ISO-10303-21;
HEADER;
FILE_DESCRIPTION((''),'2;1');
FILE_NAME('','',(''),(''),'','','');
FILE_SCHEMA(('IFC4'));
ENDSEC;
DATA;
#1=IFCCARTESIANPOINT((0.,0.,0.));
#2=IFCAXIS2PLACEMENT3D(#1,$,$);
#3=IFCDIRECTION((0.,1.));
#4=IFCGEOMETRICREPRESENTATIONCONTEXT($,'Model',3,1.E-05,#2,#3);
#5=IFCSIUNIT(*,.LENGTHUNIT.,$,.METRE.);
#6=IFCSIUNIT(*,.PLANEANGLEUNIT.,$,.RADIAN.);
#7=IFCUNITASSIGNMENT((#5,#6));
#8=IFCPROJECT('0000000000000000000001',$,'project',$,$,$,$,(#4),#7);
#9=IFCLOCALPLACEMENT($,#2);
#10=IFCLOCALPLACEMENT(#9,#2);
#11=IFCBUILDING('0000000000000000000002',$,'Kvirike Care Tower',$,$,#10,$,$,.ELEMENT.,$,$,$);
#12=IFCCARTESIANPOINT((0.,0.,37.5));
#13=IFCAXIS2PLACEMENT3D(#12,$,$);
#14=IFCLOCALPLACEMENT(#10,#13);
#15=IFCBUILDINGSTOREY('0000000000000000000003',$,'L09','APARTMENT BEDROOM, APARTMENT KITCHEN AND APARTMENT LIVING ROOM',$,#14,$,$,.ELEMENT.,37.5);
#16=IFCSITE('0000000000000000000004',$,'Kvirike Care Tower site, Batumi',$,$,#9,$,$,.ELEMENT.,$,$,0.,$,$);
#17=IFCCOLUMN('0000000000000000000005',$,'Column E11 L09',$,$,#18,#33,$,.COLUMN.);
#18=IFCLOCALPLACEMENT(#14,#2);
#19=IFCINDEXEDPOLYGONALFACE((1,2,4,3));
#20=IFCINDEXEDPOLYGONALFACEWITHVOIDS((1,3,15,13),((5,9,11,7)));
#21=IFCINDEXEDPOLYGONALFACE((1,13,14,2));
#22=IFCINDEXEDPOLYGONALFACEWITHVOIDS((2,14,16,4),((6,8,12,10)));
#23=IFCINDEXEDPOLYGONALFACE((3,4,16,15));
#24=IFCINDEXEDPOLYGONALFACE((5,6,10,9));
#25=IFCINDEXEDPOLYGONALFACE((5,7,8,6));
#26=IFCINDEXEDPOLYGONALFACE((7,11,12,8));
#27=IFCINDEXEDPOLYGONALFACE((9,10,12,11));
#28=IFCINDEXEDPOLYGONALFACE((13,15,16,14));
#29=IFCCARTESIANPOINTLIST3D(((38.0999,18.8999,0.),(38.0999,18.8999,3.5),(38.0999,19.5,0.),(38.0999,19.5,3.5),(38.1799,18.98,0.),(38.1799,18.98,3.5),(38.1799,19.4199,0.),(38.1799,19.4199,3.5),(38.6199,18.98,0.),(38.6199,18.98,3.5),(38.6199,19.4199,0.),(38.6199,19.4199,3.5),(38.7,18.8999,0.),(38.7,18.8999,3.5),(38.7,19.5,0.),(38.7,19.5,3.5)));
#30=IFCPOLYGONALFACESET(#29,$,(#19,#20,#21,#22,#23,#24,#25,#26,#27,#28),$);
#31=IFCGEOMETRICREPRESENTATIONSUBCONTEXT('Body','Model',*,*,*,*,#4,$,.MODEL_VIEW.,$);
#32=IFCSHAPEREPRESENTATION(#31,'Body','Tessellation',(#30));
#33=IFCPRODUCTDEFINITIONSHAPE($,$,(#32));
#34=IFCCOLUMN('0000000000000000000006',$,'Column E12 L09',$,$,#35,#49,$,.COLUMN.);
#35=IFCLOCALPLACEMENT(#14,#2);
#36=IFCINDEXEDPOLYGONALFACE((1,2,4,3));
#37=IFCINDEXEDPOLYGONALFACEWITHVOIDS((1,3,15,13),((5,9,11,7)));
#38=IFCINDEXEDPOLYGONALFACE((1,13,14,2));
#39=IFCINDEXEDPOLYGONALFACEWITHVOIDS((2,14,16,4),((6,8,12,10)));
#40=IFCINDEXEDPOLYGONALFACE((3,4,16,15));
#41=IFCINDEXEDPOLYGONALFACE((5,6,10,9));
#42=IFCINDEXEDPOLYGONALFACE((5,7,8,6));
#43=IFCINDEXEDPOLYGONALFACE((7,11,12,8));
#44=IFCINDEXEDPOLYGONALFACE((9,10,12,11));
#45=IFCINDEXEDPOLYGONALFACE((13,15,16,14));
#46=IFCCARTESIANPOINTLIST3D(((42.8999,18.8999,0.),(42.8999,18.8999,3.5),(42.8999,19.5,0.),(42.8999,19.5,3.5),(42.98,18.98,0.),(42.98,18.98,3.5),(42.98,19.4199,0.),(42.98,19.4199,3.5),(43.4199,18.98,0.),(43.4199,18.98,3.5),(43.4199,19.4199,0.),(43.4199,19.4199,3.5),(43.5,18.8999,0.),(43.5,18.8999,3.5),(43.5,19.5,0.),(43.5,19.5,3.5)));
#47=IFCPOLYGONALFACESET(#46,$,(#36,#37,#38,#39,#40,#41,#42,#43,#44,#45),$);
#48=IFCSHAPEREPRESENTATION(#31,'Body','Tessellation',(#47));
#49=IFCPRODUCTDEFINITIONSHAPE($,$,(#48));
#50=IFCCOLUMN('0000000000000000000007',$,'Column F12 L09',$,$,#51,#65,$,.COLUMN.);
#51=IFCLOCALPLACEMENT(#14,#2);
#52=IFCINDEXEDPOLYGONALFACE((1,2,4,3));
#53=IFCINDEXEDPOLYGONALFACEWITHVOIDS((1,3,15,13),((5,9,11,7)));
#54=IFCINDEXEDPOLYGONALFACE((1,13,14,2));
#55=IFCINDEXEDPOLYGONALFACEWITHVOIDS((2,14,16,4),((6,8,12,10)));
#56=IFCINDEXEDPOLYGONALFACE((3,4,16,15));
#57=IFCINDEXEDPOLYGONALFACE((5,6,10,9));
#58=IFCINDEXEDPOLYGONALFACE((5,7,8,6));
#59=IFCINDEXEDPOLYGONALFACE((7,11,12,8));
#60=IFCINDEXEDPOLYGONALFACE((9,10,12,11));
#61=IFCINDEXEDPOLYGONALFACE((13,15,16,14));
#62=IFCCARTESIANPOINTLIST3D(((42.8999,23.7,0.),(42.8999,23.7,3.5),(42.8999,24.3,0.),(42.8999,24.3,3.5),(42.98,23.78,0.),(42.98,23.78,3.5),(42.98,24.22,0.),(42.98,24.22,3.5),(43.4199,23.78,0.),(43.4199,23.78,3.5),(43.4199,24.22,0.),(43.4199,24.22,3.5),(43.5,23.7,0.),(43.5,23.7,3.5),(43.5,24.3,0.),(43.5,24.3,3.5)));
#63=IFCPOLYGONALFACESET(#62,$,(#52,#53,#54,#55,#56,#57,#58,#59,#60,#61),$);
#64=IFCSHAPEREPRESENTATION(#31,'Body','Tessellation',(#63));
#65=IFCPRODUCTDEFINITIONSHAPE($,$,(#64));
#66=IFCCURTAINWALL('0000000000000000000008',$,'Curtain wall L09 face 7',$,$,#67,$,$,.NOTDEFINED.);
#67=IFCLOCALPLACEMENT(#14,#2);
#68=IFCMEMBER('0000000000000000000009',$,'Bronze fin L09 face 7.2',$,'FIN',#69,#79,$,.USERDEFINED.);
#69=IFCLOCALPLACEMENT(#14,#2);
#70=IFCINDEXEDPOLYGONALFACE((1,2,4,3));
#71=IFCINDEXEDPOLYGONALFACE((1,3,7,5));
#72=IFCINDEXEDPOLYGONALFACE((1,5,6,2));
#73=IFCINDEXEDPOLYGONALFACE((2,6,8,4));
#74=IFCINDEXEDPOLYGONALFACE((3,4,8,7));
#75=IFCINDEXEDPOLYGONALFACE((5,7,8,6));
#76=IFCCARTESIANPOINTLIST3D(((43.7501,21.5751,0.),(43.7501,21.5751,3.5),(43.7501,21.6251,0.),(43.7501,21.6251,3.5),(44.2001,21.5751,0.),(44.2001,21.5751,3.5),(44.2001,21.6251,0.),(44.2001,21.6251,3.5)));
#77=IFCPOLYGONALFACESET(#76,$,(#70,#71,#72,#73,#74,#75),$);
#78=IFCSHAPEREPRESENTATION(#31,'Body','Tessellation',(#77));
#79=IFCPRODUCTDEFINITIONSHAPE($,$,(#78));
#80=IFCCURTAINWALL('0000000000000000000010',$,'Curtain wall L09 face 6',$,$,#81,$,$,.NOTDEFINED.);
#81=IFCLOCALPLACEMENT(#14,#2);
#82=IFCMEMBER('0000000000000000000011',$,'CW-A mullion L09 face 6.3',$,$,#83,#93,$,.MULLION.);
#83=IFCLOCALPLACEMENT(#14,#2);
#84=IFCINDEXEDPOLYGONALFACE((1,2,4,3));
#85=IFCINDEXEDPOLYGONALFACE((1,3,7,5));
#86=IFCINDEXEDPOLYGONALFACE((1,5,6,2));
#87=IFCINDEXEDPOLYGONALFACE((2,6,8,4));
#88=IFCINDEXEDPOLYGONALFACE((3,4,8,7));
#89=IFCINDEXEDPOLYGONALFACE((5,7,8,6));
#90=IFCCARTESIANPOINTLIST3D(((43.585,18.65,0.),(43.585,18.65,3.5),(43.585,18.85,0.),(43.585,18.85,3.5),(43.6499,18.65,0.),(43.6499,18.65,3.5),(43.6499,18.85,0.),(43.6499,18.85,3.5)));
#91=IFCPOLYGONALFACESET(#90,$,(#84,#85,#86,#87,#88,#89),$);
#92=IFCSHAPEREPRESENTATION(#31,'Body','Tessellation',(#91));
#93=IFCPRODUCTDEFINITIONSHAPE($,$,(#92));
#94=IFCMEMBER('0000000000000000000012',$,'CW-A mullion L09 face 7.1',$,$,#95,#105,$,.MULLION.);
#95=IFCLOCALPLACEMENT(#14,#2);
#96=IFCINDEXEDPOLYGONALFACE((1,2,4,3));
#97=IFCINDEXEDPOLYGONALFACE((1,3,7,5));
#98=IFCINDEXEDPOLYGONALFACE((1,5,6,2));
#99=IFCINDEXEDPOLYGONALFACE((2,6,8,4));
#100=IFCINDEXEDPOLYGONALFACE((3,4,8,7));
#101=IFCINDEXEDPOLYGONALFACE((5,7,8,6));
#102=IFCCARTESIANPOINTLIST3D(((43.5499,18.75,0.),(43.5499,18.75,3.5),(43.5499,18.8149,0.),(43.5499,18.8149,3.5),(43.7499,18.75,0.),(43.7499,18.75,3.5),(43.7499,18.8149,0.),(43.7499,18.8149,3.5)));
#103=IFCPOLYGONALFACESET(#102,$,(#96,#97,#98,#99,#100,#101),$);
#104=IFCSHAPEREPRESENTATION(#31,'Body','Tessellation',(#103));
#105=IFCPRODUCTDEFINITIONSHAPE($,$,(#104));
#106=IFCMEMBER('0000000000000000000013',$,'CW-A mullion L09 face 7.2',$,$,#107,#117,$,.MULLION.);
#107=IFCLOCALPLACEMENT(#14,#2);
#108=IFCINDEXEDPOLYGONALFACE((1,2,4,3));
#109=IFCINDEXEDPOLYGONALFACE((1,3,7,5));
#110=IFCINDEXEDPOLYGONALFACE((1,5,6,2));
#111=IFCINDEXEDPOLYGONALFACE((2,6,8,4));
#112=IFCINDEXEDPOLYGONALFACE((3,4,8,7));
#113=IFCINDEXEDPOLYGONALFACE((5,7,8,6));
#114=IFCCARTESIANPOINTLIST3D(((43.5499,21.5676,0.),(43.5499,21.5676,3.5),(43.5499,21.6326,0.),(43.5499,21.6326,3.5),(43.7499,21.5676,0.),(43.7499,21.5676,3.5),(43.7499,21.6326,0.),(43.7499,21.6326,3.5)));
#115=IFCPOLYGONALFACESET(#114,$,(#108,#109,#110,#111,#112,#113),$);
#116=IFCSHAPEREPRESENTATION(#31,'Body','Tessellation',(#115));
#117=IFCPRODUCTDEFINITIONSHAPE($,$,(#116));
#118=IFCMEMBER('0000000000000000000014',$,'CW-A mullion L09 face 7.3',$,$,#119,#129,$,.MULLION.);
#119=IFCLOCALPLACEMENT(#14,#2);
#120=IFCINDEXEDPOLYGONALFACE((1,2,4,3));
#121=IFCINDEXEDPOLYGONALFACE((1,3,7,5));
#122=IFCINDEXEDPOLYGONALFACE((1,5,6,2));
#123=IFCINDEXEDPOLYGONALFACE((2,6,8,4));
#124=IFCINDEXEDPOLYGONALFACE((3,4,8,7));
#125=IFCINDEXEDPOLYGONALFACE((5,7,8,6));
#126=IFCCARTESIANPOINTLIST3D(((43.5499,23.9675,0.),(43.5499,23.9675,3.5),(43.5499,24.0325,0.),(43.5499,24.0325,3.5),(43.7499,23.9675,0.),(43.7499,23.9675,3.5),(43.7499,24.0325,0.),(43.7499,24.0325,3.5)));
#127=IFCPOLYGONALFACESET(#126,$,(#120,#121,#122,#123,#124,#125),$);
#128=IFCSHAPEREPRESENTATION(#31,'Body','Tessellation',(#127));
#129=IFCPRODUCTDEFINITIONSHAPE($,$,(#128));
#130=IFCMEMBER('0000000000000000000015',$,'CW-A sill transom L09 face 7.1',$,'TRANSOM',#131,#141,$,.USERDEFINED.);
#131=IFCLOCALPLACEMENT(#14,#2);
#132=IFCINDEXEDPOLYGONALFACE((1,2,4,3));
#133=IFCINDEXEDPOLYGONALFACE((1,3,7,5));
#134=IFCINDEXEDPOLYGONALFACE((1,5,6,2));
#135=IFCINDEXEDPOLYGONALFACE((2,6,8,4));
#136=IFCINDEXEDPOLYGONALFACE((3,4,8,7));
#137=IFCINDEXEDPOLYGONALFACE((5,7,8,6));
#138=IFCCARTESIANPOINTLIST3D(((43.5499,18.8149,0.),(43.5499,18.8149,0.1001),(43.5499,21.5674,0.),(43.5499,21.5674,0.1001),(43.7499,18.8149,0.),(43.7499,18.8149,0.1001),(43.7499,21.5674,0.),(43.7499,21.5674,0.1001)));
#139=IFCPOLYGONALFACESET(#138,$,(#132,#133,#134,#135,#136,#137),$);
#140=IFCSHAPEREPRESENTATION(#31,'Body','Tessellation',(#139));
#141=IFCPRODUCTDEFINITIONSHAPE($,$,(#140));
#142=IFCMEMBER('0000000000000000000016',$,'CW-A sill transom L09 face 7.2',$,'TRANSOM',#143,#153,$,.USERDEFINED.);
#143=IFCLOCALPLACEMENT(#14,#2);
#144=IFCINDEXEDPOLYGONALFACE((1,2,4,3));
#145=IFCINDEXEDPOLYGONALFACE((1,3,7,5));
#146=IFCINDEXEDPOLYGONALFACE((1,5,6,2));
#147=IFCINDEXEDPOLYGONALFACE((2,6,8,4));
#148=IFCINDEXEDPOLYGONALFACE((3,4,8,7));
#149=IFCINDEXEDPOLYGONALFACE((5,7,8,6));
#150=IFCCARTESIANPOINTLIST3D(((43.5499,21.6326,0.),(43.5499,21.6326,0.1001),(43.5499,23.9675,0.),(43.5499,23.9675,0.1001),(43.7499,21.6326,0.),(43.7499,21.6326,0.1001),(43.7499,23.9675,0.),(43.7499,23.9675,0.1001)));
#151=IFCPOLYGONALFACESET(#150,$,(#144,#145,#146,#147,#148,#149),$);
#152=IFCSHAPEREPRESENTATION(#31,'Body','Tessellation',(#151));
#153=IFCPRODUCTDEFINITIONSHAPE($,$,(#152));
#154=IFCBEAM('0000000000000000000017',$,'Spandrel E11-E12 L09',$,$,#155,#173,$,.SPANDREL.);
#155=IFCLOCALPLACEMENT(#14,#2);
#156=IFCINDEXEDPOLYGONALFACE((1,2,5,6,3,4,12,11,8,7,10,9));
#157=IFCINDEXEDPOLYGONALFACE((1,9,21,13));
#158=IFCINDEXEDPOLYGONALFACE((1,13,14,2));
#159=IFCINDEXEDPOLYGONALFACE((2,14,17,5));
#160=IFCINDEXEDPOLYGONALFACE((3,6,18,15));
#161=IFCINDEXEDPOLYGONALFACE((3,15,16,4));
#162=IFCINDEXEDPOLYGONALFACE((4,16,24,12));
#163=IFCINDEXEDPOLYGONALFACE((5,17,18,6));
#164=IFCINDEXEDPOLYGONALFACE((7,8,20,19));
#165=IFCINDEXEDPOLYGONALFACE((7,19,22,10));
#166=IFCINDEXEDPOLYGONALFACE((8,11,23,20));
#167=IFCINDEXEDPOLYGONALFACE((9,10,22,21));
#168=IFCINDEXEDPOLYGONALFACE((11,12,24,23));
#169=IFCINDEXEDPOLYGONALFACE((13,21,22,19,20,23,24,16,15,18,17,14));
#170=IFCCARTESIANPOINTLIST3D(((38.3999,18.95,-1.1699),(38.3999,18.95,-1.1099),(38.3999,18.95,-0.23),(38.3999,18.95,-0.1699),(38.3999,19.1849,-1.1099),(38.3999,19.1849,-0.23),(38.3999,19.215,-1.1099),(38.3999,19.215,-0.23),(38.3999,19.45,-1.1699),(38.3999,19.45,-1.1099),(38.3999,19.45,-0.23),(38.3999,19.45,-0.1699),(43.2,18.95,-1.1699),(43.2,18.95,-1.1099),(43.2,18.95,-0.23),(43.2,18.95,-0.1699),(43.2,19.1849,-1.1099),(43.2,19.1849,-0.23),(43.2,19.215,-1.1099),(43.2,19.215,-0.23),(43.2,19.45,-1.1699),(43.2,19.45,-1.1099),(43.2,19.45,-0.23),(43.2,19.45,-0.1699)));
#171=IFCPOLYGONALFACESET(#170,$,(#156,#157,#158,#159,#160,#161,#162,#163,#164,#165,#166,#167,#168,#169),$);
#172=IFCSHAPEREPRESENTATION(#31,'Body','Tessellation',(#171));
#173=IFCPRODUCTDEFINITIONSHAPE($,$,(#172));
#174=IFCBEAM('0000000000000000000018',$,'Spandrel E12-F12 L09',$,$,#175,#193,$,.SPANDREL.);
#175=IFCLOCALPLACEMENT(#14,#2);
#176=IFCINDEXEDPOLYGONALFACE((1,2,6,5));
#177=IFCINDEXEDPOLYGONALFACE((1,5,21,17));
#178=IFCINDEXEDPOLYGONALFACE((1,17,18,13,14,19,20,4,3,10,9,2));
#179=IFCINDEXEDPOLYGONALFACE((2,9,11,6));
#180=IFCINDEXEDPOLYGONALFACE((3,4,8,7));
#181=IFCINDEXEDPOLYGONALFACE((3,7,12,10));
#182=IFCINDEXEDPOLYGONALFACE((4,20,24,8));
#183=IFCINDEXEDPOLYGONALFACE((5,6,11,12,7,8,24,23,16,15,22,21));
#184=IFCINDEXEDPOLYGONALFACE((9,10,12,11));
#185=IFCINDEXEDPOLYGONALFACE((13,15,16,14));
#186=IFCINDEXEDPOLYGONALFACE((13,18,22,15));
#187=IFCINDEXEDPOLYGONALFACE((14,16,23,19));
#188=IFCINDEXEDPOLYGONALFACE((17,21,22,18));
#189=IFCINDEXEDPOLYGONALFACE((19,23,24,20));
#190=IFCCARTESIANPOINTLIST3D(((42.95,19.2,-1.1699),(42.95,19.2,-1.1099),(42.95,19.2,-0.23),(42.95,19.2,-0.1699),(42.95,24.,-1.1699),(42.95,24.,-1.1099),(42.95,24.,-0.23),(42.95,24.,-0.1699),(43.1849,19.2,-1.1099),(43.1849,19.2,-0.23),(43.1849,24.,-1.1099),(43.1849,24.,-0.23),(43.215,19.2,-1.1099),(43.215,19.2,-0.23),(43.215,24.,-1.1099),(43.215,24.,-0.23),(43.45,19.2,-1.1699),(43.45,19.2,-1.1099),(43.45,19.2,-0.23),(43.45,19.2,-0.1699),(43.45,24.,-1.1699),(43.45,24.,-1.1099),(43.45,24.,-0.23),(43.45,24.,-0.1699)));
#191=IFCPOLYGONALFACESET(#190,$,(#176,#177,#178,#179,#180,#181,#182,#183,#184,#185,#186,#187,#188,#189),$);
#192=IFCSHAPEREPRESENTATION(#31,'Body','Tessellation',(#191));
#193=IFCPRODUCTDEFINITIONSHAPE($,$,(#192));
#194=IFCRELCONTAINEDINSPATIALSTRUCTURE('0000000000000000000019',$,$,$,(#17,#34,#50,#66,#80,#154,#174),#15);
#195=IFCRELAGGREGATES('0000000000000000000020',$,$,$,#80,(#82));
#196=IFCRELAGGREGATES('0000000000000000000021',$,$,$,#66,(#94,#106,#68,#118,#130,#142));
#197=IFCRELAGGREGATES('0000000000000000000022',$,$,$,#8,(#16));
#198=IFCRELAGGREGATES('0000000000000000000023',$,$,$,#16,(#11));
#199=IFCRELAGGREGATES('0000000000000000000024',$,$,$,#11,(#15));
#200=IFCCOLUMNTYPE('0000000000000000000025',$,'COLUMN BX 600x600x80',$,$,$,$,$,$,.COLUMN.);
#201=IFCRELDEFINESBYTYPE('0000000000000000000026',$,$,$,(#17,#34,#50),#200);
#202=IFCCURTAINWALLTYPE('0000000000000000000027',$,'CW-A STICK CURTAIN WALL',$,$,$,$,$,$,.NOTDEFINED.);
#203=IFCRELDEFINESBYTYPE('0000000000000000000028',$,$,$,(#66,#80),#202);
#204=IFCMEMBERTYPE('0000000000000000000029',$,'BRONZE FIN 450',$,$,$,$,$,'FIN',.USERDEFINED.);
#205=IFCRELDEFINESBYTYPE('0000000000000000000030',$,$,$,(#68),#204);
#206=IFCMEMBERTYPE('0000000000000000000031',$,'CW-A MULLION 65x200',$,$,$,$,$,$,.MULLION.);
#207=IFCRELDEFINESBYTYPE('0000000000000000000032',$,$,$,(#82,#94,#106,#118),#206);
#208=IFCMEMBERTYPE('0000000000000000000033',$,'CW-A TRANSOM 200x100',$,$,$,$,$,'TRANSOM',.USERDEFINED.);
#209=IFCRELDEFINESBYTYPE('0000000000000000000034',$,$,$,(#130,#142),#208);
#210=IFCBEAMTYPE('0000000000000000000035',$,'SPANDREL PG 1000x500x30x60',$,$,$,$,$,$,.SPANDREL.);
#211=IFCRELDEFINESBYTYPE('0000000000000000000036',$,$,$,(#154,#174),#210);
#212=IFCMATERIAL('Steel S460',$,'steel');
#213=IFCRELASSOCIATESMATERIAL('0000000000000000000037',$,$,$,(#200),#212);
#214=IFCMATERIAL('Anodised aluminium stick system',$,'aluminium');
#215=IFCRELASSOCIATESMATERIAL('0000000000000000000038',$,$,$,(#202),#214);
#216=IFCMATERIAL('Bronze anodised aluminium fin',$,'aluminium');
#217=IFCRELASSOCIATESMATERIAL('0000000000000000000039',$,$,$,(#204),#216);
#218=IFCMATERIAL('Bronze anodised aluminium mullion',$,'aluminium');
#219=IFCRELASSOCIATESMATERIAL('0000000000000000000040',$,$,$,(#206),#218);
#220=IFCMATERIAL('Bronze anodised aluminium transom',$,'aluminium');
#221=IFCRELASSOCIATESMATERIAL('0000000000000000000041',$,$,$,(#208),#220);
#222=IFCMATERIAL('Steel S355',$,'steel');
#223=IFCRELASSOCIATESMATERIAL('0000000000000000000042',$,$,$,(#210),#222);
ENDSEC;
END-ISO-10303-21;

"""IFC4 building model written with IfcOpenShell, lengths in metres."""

from ifc_helpers import new_model, si_unit, direction, frame, origin, origin_2d, place, context, subcontext, project, spatial, rectangle, hollow_rectangle, i_section, extrude, material, material_profile, profile_set, type_object, element, aggregate, save


model = new_model("IFC4")

# Units and contexts
model_context = context("Model", 3, precision=1e-05, world=origin(), true_north=direction((0.0, 1.0)))
body_context = subcontext(model_context, "Body", "Model", "MODEL_VIEW")
ifc_project = project(units=[si_unit("LENGTHUNIT", "METRE"), si_unit("PLANEANGLEUNIT", "RADIAN")], contexts=[model_context])

# Site, building, storey
site_placement = place(None, origin())
site = spatial("IfcSite", under=ifc_project, at=site_placement, Name="Kvirike Care Tower site, Batumi", CompositionType="ELEMENT", RefElevation=0.0)
building_placement = place(site_placement, origin())
building = spatial("IfcBuilding", under=site, at=building_placement, Name="Kvirike Care Tower", CompositionType="ELEMENT")
storey_placement = place(building_placement, frame((0.0, 0.0, 37.5)))
storey = spatial("IfcBuildingStorey", under=building, at=storey_placement, Name="L09", Description="APARTMENT BEDROOM, APARTMENT KITCHEN AND APARTMENT LIVING ROOM", CompositionType="ELEMENT", Elevation=37.5)

# Columns
ifc_material_1 = material(Name="Steel S460", Category="steel")
ifc_material_profile_1 = material_profile(ifc_material_1, hollow_rectangle(XDim=0.6001, YDim=0.6001, WallThickness=0.0801, at=origin_2d()), Name="BX 600x600x80")
ifc_profile_set_1 = profile_set([ifc_material_profile_1], Name="Steel S460")
column_type = type_object("IfcColumnType", Name="COLUMN BX 600x600x80", PredefinedType="COLUMN", material=ifc_profile_set_1)
for number, where, z_axis, x_axis, name in (
    (1, (38.3999, 19.2, 0.0), (0.0, 0.0, 1.0), (0.0, 1.0, 0.0), "Column E11 L09"),
    (2, (43.2, 19.2, 0.0), (0.0, 0.0, 1.0), (0.0, 1.0, 0.0), "Column E12 L09"),
    (3, (43.2, 24.0, 0.0), (0.0, 0.0, 1.0), (1.0, 0.0, 0.0), "Column F12 L09"),
):
    element("IfcColumn", number, at=place(storey_placement, frame(where, z_axis=z_axis, x_axis=x_axis)), inside=storey, type_object=column_type, Name=name, PredefinedType="COLUMN", context=body_context, shape_type="SweptSolid", body=[
        extrude(hollow_rectangle(XDim=0.6001, YDim=0.6001, WallThickness=0.0801, at=origin_2d()), origin(), (0.0, 0.0, 1.0), 3.5),
    ])

# Curtain walls, members
ifc_material_2 = material(Name="Anodised aluminium stick system", Category="aluminium")
curtain_wall_type = type_object("IfcCurtainWallType", Name="CW-A STICK CURTAIN WALL", PredefinedType="NOTDEFINED", material=ifc_material_2)
curtain_wall_1_placement = place(storey_placement, origin())
curtain_wall_1 = element("IfcCurtainWall", 4, at=curtain_wall_1_placement, inside=storey, type_object=curtain_wall_type, Name="Curtain wall L09 face 7", PredefinedType="NOTDEFINED")
ifc_material_3 = material(Name="Bronze anodised aluminium fin", Category="aluminium")
ifc_material_profile_2 = material_profile(ifc_material_3, rectangle(XDim=0.05, YDim=0.45, at=origin_2d()), Name="BRONZE FIN 450")
ifc_profile_set_2 = profile_set([ifc_material_profile_2], Name="Bronze anodised aluminium fin")
member_type_1 = type_object("IfcMemberType", Name="BRONZE FIN 450", ElementType="FIN", PredefinedType="USERDEFINED", material=ifc_profile_set_2)
member_1_placement = place(storey_placement, frame((43.9751, 21.6001, 0.0), z_axis=(0.0, 0.0, 1.0), x_axis=(0.0, 1.0, 0.0)))
member_1 = element("IfcMember", 5, at=member_1_placement, type_object=member_type_1, Name="Bronze fin L09 face 7.2", ObjectType="FIN", PredefinedType="USERDEFINED", context=body_context, shape_type="SweptSolid", body=[
    extrude(rectangle(XDim=0.05, YDim=0.45, at=origin_2d()), origin(), (0.0, 0.0, 1.0), 3.5),
])
curtain_wall_2_placement = place(storey_placement, origin())
curtain_wall_2 = element("IfcCurtainWall", 6, at=curtain_wall_2_placement, inside=storey, type_object=curtain_wall_type, Name="Curtain wall L09 face 6", PredefinedType="NOTDEFINED")
ifc_material_4 = material(Name="Bronze anodised aluminium mullion", Category="aluminium")
ifc_material_profile_3 = material_profile(ifc_material_4, rectangle(XDim=0.0649, YDim=0.2, at=origin_2d()), Name="CW-A MULLION 65x200")
ifc_profile_set_3 = profile_set([ifc_material_profile_3], Name="Bronze anodised aluminium mullion")
member_type_2 = type_object("IfcMemberType", Name="CW-A MULLION 65x200", PredefinedType="MULLION", material=ifc_profile_set_3)
member_2_placement = place(storey_placement, frame((43.6174, 18.75, 0.0), z_axis=(0.0, 0.0, 1.0), x_axis=(1.0, 0.0, 0.0)))
member_2 = element("IfcMember", 7, at=member_2_placement, type_object=member_type_2, Name="CW-A mullion L09 face 6.3", PredefinedType="MULLION", context=body_context, shape_type="SweptSolid", body=[
    extrude(rectangle(XDim=0.0649, YDim=0.2, at=origin_2d()), origin(), (0.0, 0.0, 1.0), 3.5),
])

# Members
member_3_placement = place(storey_placement, frame((43.6499, 18.7825, 0.0), z_axis=(0.0, 0.0, 1.0), x_axis=(0.0, 1.0, 0.0)))
member_3 = element("IfcMember", 8, at=member_3_placement, type_object=member_type_2, Name="CW-A mullion L09 face 7.1", PredefinedType="MULLION", context=body_context, shape_type="SweptSolid", body=[
    extrude(rectangle(XDim=0.0649, YDim=0.2, at=origin_2d()), origin(), (0.0, 0.0, 1.0), 3.5),
])
member_4_placement = place(storey_placement, frame((43.6499, 21.6001, 0.0), z_axis=(0.0, 0.0, 1.0), x_axis=(0.0, 1.0, 0.0)))
member_4 = element("IfcMember", 9, at=member_4_placement, type_object=member_type_2, Name="CW-A mullion L09 face 7.2", PredefinedType="MULLION", context=body_context, shape_type="SweptSolid", body=[
    extrude(rectangle(XDim=0.0649, YDim=0.2, at=origin_2d()), origin(), (0.0, 0.0, 1.0), 3.5),
])
member_5_placement = place(storey_placement, frame((43.6499, 24.0, 0.0), z_axis=(0.0, 0.0, 1.0), x_axis=(0.0, 1.0, 0.0)))
member_5 = element("IfcMember", 10, at=member_5_placement, type_object=member_type_2, Name="CW-A mullion L09 face 7.3", PredefinedType="MULLION", context=body_context, shape_type="SweptSolid", body=[
    extrude(rectangle(XDim=0.0649, YDim=0.2, at=origin_2d()), origin(), (0.0, 0.0, 1.0), 3.5),
])
ifc_material_5 = material(Name="Bronze anodised aluminium transom", Category="aluminium")
ifc_material_profile_4 = material_profile(ifc_material_5, rectangle(XDim=0.2, YDim=0.1001, at=origin_2d()), Name="CW-A TRANSOM 200x100")
ifc_profile_set_4 = profile_set([ifc_material_profile_4], Name="Bronze anodised aluminium transom")
member_type_3 = type_object("IfcMemberType", Name="CW-A TRANSOM 200x100", ElementType="TRANSOM", PredefinedType="USERDEFINED", material=ifc_profile_set_4)
member_6_placement = place(storey_placement, frame((43.6499, 18.8149, 0.05), z_axis=(0.0, 1.0, 0.0), x_axis=(-1.0, 0.0, 0.0)))
member_6 = element("IfcMember", 11, at=member_6_placement, type_object=member_type_3, Name="CW-A sill transom L09 face 7.1", ObjectType="TRANSOM", PredefinedType="USERDEFINED", context=body_context, shape_type="SweptSolid", body=[
    extrude(rectangle(XDim=0.2, YDim=0.1001, at=origin_2d()), origin(), (0.0, 0.0, 1.0), 2.7524),
])
member_7_placement = place(storey_placement, frame((43.6499, 21.6326, 0.05), z_axis=(0.0, 1.0, 0.0), x_axis=(-1.0, 0.0, 0.0)))
member_7 = element("IfcMember", 12, at=member_7_placement, type_object=member_type_3, Name="CW-A sill transom L09 face 7.2", ObjectType="TRANSOM", PredefinedType="USERDEFINED", context=body_context, shape_type="SweptSolid", body=[
    extrude(rectangle(XDim=0.2, YDim=0.1001, at=origin_2d()), origin(), (0.0, 0.0, 1.0), 2.335),
])

# Beams
ifc_material_6 = material(Name="Steel S355", Category="steel")
ifc_material_profile_5 = material_profile(ifc_material_6, i_section(OverallWidth=0.5, OverallDepth=1.0, WebThickness=0.03, FlangeThickness=0.0601, at=origin_2d()), Name="PG 1000x500x30x60")
ifc_profile_set_5 = profile_set([ifc_material_profile_5], Name="Steel S355")
beam_type = type_object("IfcBeamType", Name="SPANDREL PG 1000x500x30x60", PredefinedType="SPANDREL", material=ifc_profile_set_5)
for number, where, z_axis, x_axis, name in (
    (13, (38.3999, 19.2, -0.6699), (1.0, 0.0, 0.0), (0.0, 1.0, 0.0), "Spandrel E11-E12 L09"),
    (14, (43.2, 19.2, -0.6699), (0.0, 1.0, 0.0), (-1.0, 0.0, 0.0), "Spandrel E12-F12 L09"),
):
    element("IfcBeam", number, at=place(storey_placement, frame(where, z_axis=z_axis, x_axis=x_axis)), inside=storey, type_object=beam_type, Name=name, PredefinedType="SPANDREL", context=body_context, shape_type="SweptSolid", body=[
        extrude(i_section(OverallWidth=0.5, OverallDepth=1.0, WebThickness=0.03, FlangeThickness=0.0601, at=origin_2d()), origin(), (0.0, 0.0, 1.0), 4.8),
    ])

aggregate(curtain_wall_2, [member_2])
aggregate(curtain_wall_1, [member_3, member_4, member_1, member_5, member_6, member_7])

save(model, "model.ifc")
